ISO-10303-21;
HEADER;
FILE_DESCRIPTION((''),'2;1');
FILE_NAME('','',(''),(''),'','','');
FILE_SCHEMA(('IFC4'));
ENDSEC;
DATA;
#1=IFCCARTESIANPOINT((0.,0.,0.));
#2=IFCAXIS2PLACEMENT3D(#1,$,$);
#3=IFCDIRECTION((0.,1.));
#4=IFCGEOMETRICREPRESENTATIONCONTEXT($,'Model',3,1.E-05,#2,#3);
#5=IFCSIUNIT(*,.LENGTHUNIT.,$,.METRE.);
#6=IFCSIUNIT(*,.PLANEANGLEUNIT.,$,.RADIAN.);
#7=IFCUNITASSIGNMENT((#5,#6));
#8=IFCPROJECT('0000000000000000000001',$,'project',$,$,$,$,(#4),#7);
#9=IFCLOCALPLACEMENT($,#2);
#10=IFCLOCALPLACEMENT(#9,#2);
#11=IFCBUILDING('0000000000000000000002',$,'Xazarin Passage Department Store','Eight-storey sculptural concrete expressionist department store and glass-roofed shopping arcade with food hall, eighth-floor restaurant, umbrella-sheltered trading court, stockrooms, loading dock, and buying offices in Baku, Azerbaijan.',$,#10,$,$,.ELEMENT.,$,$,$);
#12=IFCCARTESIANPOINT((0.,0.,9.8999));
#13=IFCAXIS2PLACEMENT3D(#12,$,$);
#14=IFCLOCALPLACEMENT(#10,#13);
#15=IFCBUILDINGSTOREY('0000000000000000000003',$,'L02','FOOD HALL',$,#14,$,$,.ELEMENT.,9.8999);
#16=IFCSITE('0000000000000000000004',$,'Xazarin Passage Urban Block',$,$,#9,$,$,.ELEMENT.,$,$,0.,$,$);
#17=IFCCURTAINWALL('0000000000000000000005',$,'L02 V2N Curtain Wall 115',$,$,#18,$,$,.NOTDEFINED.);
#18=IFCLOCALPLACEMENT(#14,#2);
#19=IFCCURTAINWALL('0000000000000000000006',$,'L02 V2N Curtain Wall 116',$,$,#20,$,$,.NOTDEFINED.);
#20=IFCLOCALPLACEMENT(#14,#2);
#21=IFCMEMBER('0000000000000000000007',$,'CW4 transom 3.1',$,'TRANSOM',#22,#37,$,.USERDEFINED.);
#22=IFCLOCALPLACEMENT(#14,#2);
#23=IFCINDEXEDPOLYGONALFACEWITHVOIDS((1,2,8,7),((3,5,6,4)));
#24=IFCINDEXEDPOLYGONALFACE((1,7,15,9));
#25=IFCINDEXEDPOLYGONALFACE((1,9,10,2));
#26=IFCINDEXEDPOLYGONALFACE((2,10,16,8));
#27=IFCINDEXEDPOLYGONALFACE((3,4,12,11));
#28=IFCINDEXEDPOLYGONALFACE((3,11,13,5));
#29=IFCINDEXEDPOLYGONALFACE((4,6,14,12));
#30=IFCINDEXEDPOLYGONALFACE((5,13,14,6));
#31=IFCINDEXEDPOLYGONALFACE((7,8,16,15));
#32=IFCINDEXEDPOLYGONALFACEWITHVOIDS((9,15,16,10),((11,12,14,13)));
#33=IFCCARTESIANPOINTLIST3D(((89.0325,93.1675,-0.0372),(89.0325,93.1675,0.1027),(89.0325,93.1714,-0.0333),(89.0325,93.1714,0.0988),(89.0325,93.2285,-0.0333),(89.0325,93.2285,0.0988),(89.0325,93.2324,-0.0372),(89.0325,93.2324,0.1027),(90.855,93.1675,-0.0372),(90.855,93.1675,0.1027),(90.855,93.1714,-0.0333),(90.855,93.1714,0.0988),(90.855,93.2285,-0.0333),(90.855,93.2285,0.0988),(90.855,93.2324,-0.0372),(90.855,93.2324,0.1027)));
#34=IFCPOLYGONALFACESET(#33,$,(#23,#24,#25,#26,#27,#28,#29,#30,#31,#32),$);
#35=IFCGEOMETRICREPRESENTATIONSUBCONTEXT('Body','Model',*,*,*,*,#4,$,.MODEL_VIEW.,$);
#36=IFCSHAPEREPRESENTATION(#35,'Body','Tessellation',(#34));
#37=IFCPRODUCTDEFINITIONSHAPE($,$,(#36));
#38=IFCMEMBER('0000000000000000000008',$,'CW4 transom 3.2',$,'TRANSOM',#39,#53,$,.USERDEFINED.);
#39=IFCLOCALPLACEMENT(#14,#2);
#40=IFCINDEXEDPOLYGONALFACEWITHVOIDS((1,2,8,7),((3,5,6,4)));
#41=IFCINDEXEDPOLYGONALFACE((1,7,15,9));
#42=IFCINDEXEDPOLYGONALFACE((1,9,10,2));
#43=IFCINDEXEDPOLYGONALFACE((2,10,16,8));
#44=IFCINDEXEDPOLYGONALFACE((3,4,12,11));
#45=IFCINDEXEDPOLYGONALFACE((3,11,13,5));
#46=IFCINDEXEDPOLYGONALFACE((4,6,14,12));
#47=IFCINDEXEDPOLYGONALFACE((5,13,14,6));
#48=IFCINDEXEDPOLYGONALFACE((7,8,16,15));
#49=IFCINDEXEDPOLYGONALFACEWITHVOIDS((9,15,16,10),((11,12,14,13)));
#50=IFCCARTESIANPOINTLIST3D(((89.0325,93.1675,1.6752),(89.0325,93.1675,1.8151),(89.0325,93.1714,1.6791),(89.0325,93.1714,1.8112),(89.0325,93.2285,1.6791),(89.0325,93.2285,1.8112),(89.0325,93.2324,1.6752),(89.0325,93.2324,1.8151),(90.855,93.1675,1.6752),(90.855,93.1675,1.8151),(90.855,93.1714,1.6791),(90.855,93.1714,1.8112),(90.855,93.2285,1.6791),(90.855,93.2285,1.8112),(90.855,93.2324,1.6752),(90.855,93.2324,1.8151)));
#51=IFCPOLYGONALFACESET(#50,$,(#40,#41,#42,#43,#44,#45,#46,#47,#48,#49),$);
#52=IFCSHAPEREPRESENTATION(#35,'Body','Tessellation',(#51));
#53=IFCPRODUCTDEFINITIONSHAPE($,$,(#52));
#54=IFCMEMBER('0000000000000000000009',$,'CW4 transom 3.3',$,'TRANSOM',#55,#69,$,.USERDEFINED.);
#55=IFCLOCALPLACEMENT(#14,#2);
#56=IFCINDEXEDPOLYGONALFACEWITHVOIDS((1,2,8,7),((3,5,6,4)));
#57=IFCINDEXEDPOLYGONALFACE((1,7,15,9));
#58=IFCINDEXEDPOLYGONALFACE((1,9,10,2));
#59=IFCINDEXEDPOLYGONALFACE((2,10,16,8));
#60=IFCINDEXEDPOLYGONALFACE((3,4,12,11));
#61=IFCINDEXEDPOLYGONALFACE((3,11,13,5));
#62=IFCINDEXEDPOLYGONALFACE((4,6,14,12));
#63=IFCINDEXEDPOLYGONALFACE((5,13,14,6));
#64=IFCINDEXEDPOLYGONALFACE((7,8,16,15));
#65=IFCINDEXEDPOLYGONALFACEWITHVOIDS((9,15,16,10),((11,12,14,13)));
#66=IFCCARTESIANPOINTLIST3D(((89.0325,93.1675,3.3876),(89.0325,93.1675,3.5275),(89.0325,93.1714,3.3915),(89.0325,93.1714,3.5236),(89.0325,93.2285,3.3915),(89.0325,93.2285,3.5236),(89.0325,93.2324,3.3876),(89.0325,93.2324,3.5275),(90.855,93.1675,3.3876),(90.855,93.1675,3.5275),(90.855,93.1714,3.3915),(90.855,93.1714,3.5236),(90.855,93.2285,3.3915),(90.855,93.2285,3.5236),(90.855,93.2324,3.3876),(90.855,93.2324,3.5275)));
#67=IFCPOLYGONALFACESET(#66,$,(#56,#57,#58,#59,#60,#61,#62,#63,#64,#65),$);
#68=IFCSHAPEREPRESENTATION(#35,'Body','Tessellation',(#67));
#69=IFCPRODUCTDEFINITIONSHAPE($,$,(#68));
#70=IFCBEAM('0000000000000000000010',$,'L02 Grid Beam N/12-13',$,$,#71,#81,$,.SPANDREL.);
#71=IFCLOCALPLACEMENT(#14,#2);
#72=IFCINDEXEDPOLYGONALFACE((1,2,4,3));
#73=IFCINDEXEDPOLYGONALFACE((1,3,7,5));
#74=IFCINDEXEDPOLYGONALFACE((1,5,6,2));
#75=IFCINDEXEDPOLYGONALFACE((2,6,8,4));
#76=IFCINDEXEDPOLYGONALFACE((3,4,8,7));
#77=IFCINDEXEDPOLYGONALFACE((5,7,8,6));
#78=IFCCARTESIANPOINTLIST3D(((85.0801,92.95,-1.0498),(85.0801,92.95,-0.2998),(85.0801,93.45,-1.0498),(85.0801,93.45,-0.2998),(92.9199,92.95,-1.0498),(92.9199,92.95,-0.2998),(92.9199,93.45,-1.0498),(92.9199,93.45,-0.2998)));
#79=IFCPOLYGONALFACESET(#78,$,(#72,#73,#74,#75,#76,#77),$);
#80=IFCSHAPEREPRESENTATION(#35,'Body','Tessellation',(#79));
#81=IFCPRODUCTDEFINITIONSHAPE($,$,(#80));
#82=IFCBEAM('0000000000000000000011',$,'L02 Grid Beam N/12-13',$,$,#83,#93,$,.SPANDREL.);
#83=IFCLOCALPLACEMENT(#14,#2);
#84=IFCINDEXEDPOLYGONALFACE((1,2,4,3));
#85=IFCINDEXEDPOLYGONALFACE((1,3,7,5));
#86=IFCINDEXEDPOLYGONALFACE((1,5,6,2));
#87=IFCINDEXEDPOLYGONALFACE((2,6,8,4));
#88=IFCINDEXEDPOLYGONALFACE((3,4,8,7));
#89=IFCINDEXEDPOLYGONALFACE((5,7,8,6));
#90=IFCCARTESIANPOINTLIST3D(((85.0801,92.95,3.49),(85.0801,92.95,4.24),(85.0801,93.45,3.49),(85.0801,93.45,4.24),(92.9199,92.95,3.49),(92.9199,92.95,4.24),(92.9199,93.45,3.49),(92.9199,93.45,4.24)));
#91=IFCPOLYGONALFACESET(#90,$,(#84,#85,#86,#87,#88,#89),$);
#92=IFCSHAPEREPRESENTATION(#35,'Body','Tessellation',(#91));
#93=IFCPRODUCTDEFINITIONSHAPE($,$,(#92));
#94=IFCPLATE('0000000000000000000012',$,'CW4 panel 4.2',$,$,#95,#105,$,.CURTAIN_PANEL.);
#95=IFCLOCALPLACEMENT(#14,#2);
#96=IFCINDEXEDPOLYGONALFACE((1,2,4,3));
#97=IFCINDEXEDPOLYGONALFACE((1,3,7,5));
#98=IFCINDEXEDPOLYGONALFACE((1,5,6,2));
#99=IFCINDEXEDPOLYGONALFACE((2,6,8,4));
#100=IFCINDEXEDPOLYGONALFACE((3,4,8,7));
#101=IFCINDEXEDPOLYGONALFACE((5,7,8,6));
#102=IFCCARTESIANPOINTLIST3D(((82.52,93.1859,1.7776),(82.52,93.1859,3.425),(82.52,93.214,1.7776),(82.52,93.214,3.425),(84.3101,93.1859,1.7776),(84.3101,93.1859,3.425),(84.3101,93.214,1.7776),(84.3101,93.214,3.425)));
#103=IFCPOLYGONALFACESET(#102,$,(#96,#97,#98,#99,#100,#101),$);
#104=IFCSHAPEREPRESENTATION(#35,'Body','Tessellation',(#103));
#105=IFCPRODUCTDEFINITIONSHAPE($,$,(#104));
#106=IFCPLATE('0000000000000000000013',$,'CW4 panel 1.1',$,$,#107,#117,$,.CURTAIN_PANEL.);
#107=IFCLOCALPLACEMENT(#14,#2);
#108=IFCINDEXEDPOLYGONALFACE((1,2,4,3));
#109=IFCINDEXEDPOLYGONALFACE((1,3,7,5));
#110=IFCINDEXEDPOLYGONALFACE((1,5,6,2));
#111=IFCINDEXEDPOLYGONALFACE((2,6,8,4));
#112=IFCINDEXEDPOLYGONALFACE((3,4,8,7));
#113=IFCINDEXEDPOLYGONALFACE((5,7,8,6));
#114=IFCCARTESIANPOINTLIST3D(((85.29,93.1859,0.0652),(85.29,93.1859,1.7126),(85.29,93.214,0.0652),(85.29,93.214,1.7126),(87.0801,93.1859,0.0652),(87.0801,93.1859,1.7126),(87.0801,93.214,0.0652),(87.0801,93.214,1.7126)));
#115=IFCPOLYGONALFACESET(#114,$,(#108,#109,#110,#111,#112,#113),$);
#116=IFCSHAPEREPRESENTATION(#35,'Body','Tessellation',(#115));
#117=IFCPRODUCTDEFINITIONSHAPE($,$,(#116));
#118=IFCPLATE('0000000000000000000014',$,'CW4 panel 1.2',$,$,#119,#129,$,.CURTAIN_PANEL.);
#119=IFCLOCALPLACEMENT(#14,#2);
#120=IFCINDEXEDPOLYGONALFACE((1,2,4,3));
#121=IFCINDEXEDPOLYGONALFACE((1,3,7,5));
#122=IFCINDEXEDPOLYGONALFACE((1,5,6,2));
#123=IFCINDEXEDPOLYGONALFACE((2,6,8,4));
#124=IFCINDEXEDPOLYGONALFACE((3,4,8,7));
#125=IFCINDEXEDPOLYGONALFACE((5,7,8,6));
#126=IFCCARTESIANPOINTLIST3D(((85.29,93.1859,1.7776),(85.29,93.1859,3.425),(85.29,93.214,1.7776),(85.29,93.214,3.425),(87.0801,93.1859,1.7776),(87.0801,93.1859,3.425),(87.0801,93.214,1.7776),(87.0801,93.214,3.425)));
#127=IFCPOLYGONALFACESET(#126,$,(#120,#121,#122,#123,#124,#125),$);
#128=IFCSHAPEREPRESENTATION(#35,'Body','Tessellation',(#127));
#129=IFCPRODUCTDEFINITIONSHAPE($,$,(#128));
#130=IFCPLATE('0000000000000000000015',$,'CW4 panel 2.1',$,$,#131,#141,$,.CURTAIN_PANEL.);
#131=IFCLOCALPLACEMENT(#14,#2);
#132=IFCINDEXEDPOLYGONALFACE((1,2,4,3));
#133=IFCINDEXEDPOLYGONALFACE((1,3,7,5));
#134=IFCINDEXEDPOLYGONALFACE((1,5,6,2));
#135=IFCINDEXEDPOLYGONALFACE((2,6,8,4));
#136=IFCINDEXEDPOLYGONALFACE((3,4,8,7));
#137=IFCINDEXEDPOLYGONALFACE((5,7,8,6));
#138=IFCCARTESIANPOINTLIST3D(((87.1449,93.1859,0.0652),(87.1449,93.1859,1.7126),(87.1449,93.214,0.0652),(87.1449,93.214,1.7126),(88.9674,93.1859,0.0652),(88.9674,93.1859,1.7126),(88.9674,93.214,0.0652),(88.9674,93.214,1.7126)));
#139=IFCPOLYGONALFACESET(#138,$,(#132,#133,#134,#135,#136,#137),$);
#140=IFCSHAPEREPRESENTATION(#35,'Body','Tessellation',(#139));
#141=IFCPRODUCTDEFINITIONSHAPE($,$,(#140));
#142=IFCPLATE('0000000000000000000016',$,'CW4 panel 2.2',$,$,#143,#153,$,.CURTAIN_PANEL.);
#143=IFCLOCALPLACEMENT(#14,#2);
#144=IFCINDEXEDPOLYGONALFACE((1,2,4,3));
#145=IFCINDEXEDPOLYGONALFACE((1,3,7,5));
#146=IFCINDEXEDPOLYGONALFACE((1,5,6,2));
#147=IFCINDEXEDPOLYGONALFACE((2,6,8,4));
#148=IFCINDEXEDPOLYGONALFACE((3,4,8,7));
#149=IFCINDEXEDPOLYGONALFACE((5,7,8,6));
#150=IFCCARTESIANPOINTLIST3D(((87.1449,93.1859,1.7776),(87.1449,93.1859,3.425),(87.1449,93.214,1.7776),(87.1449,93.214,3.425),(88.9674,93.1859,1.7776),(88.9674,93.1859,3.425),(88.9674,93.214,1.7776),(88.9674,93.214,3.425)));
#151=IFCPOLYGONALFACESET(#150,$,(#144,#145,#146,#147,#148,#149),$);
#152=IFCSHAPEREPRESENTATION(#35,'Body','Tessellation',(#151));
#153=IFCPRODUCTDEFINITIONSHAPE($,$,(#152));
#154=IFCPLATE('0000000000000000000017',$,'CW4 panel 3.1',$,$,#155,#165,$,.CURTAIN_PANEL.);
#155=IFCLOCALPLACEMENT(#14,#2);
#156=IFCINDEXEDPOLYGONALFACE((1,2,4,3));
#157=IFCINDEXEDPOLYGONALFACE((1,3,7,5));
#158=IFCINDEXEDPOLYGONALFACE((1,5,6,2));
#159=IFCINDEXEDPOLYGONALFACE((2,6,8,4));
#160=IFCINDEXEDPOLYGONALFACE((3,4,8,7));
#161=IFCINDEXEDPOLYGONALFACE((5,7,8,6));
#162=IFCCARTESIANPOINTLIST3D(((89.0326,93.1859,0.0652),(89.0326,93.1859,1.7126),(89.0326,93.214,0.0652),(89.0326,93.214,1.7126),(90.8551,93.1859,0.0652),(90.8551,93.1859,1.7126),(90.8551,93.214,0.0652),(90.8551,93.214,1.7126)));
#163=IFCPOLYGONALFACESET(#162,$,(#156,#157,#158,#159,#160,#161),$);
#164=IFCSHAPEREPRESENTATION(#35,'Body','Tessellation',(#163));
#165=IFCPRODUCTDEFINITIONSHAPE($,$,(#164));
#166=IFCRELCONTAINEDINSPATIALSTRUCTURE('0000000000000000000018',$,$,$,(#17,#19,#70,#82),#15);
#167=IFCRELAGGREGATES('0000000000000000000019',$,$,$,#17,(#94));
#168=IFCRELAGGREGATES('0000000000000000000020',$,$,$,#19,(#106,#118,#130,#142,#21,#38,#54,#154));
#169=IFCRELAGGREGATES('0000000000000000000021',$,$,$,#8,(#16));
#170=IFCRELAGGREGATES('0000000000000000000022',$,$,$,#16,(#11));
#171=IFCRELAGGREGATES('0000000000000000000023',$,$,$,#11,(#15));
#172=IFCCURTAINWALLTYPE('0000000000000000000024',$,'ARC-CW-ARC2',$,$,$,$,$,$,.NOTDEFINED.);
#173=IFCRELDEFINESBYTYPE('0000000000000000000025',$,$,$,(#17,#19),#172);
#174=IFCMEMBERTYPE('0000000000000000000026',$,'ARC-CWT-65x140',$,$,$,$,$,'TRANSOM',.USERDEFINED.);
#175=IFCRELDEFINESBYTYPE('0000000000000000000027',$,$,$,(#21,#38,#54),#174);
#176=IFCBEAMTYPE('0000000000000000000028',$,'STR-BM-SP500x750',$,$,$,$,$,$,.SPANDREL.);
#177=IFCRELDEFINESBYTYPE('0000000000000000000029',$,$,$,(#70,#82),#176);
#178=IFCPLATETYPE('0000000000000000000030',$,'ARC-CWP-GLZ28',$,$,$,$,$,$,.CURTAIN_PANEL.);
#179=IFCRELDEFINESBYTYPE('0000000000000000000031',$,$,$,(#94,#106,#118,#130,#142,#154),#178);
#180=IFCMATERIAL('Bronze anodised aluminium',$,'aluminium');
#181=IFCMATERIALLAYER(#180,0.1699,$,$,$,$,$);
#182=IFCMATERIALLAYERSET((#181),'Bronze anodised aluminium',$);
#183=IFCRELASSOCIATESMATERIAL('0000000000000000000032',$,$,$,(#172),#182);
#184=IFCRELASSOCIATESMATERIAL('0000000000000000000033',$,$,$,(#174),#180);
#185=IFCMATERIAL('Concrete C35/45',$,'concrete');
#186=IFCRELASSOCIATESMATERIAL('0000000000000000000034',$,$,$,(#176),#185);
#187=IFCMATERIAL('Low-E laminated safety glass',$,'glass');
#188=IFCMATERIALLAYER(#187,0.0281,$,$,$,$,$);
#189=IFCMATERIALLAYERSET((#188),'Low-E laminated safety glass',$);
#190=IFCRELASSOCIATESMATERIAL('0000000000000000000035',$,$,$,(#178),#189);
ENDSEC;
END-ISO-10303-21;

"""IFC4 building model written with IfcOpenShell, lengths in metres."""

from ifc_helpers import new_model, si_unit, direction, frame, origin, origin_2d, place, context, subcontext, project, spatial, rectangle, hollow_rectangle, extrude, material, layer, layer_set, material_profile, profile_set, type_object, element, aggregate, save


model = new_model("IFC4")

# Units and contexts
model_context = context("Model", 3, precision=1e-05, world=origin(), true_north=direction((0.0, 1.0)))
body_context = subcontext(model_context, "Body", "Model", "MODEL_VIEW")
ifc_project = project(units=[si_unit("LENGTHUNIT", "METRE"), si_unit("PLANEANGLEUNIT", "RADIAN")], contexts=[model_context])

# Site, building, storey
site_placement = place(None, origin())
site = spatial("IfcSite", under=ifc_project, at=site_placement, Name="Xazarin Passage Urban Block", CompositionType="ELEMENT", RefElevation=0.0)
building_placement = place(site_placement, origin())
building = spatial("IfcBuilding", under=site, at=building_placement, Name="Xazarin Passage Department Store", Description="Eight-storey sculptural concrete expressionist department store and glass-roofed shopping arcade with food hall, eighth-floor restaurant, umbrella-sheltered trading court, stockrooms, loading dock, and buying offices in Baku, Azerbaijan.", CompositionType="ELEMENT")
storey_placement = place(building_placement, frame((0.0, 0.0, 9.8999)))
storey = spatial("IfcBuildingStorey", under=building, at=storey_placement, Name="L02", Description="FOOD HALL", CompositionType="ELEMENT", Elevation=9.8999)

# Curtain wall
ifc_material_1 = material(Name="Bronze anodised aluminium", Category="aluminium")
ifc_layer_1 = layer(ifc_material_1, 0.1699)
ifc_layer_set_1 = layer_set([ifc_layer_1], Name="Bronze anodised aluminium")
curtain_wall_type = type_object("IfcCurtainWallType", Name="ARC-CW-ARC2", PredefinedType="NOTDEFINED", material=ifc_layer_set_1)
curtain_wall_1_placement = place(storey_placement, origin())
curtain_wall_1 = element("IfcCurtainWall", 1, at=curtain_wall_1_placement, inside=storey, type_object=curtain_wall_type, Name="L02 V2N Curtain Wall 115", PredefinedType="NOTDEFINED")

# Curtain wall, members
curtain_wall_2_placement = place(storey_placement, origin())
curtain_wall_2 = element("IfcCurtainWall", 2, at=curtain_wall_2_placement, inside=storey, type_object=curtain_wall_type, Name="L02 V2N Curtain Wall 116", PredefinedType="NOTDEFINED")
ifc_material_profile_1 = material_profile(ifc_material_1, hollow_rectangle(XDim=0.0649, YDim=0.1399, WallThickness=0.0039, at=origin_2d()), Name="ALU 65x140")
ifc_profile_set_1 = profile_set([ifc_material_profile_1], Name="Bronze anodised aluminium")
member_type_1 = type_object("IfcMemberType", Name="ARC-CWT-65x140", ElementType="TRANSOM", PredefinedType="USERDEFINED", material=ifc_profile_set_1)
member_1_placement = place(storey_placement, frame((89.0325, 93.2, 0.0327), z_axis=(1.0, 0.0, 0.0), x_axis=(0.0, 1.0, 0.0)))
member_1 = element("IfcMember", 3, at=member_1_placement, type_object=member_type_1, Name="CW4 transom 3.1", ObjectType="TRANSOM", PredefinedType="USERDEFINED", context=body_context, shape_type="SweptSolid", body=[
    extrude(hollow_rectangle(XDim=0.0649, YDim=0.1399, WallThickness=0.0039, at=origin_2d()), origin(), (0.0, 0.0, 1.0), 1.8225),
])
member_2_placement = place(storey_placement, frame((89.0325, 93.2, 1.7451), z_axis=(1.0, 0.0, 0.0), x_axis=(0.0, 1.0, 0.0)))
member_2 = element("IfcMember", 4, at=member_2_placement, type_object=member_type_1, Name="CW4 transom 3.2", ObjectType="TRANSOM", PredefinedType="USERDEFINED", context=body_context, shape_type="SweptSolid", body=[
    extrude(hollow_rectangle(XDim=0.0649, YDim=0.1399, WallThickness=0.0039, at=origin_2d()), origin(), (0.0, 0.0, 1.0), 1.8225),
])
member_3_placement = place(storey_placement, frame((89.0325, 93.2, 3.4575), z_axis=(1.0, 0.0, 0.0), x_axis=(0.0, 1.0, 0.0)))
member_3 = element("IfcMember", 5, at=member_3_placement, type_object=member_type_1, Name="CW4 transom 3.3", ObjectType="TRANSOM", PredefinedType="USERDEFINED", context=body_context, shape_type="SweptSolid", body=[
    extrude(hollow_rectangle(XDim=0.0649, YDim=0.1399, WallThickness=0.0039, at=origin_2d()), origin(), (0.0, 0.0, 1.0), 1.8225),
])

# Beams
ifc_material_2 = material(Name="Concrete C35/45", Category="concrete")
ifc_material_profile_2 = material_profile(ifc_material_2, rectangle(XDim=0.5, YDim=0.75, at=origin_2d()), Name="RC 500x750")
ifc_profile_set_2 = profile_set([ifc_material_profile_2], Name="Concrete C35/45")
beam_type = type_object("IfcBeamType", Name="STR-BM-SP500x750", PredefinedType="SPANDREL", material=ifc_profile_set_2)
for number, where, z_axis, x_axis, name in (
    (6, (85.0801, 93.2, -0.6748), (1.0, 0.0, 0.0), (0.0, 1.0, 0.0), "L02 Grid Beam N/12-13"),
    (7, (85.0801, 93.2, 3.865), (1.0, 0.0, 0.0), (0.0, 1.0, 0.0), "L02 Grid Beam N/12-13"),
):
    element("IfcBeam", number, at=place(storey_placement, frame(where, z_axis=z_axis, x_axis=x_axis)), inside=storey, type_object=beam_type, Name=name, PredefinedType="SPANDREL", context=body_context, shape_type="SweptSolid", body=[
        extrude(rectangle(XDim=0.5, YDim=0.75, at=origin_2d()), origin(), (0.0, 0.0, 1.0), 7.8398),
    ])

# Plates
ifc_material_3 = material(Name="Low-E laminated safety glass", Category="glass")
ifc_layer_2 = layer(ifc_material_3, 0.0281)
ifc_layer_set_2 = layer_set([ifc_layer_2], Name="Low-E laminated safety glass")
plate_type = type_object("IfcPlateType", Name="ARC-CWP-GLZ28", PredefinedType="CURTAIN_PANEL", material=ifc_layer_set_2)
plate_1_placement = place(storey_placement, frame((83.415, 93.2, 1.7776), z_axis=(0.0, 0.0, 1.0), x_axis=(1.0, 0.0, 0.0)))
plate_1 = element("IfcPlate", 8, at=plate_1_placement, type_object=plate_type, Name="CW4 panel 4.2", PredefinedType="CURTAIN_PANEL", context=body_context, shape_type="SweptSolid", body=[
    extrude(rectangle(XDim=1.79, YDim=0.0281, at=origin_2d()), origin(), (0.0, 0.0, 1.0), 1.6475),
])
aggregate(curtain_wall_1, [plate_1])
plate_2_placement = place(storey_placement, frame((86.1851, 93.2, 0.0652), z_axis=(0.0, 0.0, 1.0), x_axis=(1.0, 0.0, 0.0)))
plate_2 = element("IfcPlate", 9, at=plate_2_placement, type_object=plate_type, Name="CW4 panel 1.1", PredefinedType="CURTAIN_PANEL", context=body_context, shape_type="SweptSolid", body=[
    extrude(rectangle(XDim=1.79, YDim=0.0281, at=origin_2d()), origin(), (0.0, 0.0, 1.0), 1.6475),
])
plate_3_placement = place(storey_placement, frame((86.1851, 93.2, 1.7776), z_axis=(0.0, 0.0, 1.0), x_axis=(1.0, 0.0, 0.0)))
plate_3 = element("IfcPlate", 10, at=plate_3_placement, type_object=plate_type, Name="CW4 panel 1.2", PredefinedType="CURTAIN_PANEL", context=body_context, shape_type="SweptSolid", body=[
    extrude(rectangle(XDim=1.79, YDim=0.0281, at=origin_2d()), origin(), (0.0, 0.0, 1.0), 1.6475),
])
plate_4_placement = place(storey_placement, frame((88.0562, 93.2, 0.0652), z_axis=(0.0, 0.0, 1.0), x_axis=(1.0, 0.0, 0.0)))
plate_4 = element("IfcPlate", 11, at=plate_4_placement, type_object=plate_type, Name="CW4 panel 2.1", PredefinedType="CURTAIN_PANEL", context=body_context, shape_type="SweptSolid", body=[
    extrude(rectangle(XDim=1.8225, YDim=0.0281, at=origin_2d()), origin(), (0.0, 0.0, 1.0), 1.6475),
])
plate_5_placement = place(storey_placement, frame((88.0562, 93.2, 1.7776), z_axis=(0.0, 0.0, 1.0), x_axis=(1.0, 0.0, 0.0)))
plate_5 = element("IfcPlate", 12, at=plate_5_placement, type_object=plate_type, Name="CW4 panel 2.2", PredefinedType="CURTAIN_PANEL", context=body_context, shape_type="SweptSolid", body=[
    extrude(rectangle(XDim=1.8225, YDim=0.0281, at=origin_2d()), origin(), (0.0, 0.0, 1.0), 1.6475),
])
plate_6_placement = place(storey_placement, frame((89.9438, 93.2, 0.0652), z_axis=(0.0, 0.0, 1.0), x_axis=(1.0, 0.0, 0.0)))
plate_6 = element("IfcPlate", 13, at=plate_6_placement, type_object=plate_type, Name="CW4 panel 3.1", PredefinedType="CURTAIN_PANEL", context=body_context, shape_type="SweptSolid", body=[
    extrude(rectangle(XDim=1.8225, YDim=0.0281, at=origin_2d()), origin(), (0.0, 0.0, 1.0), 1.6475),
])
aggregate(curtain_wall_2, [plate_2, plate_3, plate_4, plate_5, member_1, member_2, member_3, plate_6])

save(model, "model.ifc")
